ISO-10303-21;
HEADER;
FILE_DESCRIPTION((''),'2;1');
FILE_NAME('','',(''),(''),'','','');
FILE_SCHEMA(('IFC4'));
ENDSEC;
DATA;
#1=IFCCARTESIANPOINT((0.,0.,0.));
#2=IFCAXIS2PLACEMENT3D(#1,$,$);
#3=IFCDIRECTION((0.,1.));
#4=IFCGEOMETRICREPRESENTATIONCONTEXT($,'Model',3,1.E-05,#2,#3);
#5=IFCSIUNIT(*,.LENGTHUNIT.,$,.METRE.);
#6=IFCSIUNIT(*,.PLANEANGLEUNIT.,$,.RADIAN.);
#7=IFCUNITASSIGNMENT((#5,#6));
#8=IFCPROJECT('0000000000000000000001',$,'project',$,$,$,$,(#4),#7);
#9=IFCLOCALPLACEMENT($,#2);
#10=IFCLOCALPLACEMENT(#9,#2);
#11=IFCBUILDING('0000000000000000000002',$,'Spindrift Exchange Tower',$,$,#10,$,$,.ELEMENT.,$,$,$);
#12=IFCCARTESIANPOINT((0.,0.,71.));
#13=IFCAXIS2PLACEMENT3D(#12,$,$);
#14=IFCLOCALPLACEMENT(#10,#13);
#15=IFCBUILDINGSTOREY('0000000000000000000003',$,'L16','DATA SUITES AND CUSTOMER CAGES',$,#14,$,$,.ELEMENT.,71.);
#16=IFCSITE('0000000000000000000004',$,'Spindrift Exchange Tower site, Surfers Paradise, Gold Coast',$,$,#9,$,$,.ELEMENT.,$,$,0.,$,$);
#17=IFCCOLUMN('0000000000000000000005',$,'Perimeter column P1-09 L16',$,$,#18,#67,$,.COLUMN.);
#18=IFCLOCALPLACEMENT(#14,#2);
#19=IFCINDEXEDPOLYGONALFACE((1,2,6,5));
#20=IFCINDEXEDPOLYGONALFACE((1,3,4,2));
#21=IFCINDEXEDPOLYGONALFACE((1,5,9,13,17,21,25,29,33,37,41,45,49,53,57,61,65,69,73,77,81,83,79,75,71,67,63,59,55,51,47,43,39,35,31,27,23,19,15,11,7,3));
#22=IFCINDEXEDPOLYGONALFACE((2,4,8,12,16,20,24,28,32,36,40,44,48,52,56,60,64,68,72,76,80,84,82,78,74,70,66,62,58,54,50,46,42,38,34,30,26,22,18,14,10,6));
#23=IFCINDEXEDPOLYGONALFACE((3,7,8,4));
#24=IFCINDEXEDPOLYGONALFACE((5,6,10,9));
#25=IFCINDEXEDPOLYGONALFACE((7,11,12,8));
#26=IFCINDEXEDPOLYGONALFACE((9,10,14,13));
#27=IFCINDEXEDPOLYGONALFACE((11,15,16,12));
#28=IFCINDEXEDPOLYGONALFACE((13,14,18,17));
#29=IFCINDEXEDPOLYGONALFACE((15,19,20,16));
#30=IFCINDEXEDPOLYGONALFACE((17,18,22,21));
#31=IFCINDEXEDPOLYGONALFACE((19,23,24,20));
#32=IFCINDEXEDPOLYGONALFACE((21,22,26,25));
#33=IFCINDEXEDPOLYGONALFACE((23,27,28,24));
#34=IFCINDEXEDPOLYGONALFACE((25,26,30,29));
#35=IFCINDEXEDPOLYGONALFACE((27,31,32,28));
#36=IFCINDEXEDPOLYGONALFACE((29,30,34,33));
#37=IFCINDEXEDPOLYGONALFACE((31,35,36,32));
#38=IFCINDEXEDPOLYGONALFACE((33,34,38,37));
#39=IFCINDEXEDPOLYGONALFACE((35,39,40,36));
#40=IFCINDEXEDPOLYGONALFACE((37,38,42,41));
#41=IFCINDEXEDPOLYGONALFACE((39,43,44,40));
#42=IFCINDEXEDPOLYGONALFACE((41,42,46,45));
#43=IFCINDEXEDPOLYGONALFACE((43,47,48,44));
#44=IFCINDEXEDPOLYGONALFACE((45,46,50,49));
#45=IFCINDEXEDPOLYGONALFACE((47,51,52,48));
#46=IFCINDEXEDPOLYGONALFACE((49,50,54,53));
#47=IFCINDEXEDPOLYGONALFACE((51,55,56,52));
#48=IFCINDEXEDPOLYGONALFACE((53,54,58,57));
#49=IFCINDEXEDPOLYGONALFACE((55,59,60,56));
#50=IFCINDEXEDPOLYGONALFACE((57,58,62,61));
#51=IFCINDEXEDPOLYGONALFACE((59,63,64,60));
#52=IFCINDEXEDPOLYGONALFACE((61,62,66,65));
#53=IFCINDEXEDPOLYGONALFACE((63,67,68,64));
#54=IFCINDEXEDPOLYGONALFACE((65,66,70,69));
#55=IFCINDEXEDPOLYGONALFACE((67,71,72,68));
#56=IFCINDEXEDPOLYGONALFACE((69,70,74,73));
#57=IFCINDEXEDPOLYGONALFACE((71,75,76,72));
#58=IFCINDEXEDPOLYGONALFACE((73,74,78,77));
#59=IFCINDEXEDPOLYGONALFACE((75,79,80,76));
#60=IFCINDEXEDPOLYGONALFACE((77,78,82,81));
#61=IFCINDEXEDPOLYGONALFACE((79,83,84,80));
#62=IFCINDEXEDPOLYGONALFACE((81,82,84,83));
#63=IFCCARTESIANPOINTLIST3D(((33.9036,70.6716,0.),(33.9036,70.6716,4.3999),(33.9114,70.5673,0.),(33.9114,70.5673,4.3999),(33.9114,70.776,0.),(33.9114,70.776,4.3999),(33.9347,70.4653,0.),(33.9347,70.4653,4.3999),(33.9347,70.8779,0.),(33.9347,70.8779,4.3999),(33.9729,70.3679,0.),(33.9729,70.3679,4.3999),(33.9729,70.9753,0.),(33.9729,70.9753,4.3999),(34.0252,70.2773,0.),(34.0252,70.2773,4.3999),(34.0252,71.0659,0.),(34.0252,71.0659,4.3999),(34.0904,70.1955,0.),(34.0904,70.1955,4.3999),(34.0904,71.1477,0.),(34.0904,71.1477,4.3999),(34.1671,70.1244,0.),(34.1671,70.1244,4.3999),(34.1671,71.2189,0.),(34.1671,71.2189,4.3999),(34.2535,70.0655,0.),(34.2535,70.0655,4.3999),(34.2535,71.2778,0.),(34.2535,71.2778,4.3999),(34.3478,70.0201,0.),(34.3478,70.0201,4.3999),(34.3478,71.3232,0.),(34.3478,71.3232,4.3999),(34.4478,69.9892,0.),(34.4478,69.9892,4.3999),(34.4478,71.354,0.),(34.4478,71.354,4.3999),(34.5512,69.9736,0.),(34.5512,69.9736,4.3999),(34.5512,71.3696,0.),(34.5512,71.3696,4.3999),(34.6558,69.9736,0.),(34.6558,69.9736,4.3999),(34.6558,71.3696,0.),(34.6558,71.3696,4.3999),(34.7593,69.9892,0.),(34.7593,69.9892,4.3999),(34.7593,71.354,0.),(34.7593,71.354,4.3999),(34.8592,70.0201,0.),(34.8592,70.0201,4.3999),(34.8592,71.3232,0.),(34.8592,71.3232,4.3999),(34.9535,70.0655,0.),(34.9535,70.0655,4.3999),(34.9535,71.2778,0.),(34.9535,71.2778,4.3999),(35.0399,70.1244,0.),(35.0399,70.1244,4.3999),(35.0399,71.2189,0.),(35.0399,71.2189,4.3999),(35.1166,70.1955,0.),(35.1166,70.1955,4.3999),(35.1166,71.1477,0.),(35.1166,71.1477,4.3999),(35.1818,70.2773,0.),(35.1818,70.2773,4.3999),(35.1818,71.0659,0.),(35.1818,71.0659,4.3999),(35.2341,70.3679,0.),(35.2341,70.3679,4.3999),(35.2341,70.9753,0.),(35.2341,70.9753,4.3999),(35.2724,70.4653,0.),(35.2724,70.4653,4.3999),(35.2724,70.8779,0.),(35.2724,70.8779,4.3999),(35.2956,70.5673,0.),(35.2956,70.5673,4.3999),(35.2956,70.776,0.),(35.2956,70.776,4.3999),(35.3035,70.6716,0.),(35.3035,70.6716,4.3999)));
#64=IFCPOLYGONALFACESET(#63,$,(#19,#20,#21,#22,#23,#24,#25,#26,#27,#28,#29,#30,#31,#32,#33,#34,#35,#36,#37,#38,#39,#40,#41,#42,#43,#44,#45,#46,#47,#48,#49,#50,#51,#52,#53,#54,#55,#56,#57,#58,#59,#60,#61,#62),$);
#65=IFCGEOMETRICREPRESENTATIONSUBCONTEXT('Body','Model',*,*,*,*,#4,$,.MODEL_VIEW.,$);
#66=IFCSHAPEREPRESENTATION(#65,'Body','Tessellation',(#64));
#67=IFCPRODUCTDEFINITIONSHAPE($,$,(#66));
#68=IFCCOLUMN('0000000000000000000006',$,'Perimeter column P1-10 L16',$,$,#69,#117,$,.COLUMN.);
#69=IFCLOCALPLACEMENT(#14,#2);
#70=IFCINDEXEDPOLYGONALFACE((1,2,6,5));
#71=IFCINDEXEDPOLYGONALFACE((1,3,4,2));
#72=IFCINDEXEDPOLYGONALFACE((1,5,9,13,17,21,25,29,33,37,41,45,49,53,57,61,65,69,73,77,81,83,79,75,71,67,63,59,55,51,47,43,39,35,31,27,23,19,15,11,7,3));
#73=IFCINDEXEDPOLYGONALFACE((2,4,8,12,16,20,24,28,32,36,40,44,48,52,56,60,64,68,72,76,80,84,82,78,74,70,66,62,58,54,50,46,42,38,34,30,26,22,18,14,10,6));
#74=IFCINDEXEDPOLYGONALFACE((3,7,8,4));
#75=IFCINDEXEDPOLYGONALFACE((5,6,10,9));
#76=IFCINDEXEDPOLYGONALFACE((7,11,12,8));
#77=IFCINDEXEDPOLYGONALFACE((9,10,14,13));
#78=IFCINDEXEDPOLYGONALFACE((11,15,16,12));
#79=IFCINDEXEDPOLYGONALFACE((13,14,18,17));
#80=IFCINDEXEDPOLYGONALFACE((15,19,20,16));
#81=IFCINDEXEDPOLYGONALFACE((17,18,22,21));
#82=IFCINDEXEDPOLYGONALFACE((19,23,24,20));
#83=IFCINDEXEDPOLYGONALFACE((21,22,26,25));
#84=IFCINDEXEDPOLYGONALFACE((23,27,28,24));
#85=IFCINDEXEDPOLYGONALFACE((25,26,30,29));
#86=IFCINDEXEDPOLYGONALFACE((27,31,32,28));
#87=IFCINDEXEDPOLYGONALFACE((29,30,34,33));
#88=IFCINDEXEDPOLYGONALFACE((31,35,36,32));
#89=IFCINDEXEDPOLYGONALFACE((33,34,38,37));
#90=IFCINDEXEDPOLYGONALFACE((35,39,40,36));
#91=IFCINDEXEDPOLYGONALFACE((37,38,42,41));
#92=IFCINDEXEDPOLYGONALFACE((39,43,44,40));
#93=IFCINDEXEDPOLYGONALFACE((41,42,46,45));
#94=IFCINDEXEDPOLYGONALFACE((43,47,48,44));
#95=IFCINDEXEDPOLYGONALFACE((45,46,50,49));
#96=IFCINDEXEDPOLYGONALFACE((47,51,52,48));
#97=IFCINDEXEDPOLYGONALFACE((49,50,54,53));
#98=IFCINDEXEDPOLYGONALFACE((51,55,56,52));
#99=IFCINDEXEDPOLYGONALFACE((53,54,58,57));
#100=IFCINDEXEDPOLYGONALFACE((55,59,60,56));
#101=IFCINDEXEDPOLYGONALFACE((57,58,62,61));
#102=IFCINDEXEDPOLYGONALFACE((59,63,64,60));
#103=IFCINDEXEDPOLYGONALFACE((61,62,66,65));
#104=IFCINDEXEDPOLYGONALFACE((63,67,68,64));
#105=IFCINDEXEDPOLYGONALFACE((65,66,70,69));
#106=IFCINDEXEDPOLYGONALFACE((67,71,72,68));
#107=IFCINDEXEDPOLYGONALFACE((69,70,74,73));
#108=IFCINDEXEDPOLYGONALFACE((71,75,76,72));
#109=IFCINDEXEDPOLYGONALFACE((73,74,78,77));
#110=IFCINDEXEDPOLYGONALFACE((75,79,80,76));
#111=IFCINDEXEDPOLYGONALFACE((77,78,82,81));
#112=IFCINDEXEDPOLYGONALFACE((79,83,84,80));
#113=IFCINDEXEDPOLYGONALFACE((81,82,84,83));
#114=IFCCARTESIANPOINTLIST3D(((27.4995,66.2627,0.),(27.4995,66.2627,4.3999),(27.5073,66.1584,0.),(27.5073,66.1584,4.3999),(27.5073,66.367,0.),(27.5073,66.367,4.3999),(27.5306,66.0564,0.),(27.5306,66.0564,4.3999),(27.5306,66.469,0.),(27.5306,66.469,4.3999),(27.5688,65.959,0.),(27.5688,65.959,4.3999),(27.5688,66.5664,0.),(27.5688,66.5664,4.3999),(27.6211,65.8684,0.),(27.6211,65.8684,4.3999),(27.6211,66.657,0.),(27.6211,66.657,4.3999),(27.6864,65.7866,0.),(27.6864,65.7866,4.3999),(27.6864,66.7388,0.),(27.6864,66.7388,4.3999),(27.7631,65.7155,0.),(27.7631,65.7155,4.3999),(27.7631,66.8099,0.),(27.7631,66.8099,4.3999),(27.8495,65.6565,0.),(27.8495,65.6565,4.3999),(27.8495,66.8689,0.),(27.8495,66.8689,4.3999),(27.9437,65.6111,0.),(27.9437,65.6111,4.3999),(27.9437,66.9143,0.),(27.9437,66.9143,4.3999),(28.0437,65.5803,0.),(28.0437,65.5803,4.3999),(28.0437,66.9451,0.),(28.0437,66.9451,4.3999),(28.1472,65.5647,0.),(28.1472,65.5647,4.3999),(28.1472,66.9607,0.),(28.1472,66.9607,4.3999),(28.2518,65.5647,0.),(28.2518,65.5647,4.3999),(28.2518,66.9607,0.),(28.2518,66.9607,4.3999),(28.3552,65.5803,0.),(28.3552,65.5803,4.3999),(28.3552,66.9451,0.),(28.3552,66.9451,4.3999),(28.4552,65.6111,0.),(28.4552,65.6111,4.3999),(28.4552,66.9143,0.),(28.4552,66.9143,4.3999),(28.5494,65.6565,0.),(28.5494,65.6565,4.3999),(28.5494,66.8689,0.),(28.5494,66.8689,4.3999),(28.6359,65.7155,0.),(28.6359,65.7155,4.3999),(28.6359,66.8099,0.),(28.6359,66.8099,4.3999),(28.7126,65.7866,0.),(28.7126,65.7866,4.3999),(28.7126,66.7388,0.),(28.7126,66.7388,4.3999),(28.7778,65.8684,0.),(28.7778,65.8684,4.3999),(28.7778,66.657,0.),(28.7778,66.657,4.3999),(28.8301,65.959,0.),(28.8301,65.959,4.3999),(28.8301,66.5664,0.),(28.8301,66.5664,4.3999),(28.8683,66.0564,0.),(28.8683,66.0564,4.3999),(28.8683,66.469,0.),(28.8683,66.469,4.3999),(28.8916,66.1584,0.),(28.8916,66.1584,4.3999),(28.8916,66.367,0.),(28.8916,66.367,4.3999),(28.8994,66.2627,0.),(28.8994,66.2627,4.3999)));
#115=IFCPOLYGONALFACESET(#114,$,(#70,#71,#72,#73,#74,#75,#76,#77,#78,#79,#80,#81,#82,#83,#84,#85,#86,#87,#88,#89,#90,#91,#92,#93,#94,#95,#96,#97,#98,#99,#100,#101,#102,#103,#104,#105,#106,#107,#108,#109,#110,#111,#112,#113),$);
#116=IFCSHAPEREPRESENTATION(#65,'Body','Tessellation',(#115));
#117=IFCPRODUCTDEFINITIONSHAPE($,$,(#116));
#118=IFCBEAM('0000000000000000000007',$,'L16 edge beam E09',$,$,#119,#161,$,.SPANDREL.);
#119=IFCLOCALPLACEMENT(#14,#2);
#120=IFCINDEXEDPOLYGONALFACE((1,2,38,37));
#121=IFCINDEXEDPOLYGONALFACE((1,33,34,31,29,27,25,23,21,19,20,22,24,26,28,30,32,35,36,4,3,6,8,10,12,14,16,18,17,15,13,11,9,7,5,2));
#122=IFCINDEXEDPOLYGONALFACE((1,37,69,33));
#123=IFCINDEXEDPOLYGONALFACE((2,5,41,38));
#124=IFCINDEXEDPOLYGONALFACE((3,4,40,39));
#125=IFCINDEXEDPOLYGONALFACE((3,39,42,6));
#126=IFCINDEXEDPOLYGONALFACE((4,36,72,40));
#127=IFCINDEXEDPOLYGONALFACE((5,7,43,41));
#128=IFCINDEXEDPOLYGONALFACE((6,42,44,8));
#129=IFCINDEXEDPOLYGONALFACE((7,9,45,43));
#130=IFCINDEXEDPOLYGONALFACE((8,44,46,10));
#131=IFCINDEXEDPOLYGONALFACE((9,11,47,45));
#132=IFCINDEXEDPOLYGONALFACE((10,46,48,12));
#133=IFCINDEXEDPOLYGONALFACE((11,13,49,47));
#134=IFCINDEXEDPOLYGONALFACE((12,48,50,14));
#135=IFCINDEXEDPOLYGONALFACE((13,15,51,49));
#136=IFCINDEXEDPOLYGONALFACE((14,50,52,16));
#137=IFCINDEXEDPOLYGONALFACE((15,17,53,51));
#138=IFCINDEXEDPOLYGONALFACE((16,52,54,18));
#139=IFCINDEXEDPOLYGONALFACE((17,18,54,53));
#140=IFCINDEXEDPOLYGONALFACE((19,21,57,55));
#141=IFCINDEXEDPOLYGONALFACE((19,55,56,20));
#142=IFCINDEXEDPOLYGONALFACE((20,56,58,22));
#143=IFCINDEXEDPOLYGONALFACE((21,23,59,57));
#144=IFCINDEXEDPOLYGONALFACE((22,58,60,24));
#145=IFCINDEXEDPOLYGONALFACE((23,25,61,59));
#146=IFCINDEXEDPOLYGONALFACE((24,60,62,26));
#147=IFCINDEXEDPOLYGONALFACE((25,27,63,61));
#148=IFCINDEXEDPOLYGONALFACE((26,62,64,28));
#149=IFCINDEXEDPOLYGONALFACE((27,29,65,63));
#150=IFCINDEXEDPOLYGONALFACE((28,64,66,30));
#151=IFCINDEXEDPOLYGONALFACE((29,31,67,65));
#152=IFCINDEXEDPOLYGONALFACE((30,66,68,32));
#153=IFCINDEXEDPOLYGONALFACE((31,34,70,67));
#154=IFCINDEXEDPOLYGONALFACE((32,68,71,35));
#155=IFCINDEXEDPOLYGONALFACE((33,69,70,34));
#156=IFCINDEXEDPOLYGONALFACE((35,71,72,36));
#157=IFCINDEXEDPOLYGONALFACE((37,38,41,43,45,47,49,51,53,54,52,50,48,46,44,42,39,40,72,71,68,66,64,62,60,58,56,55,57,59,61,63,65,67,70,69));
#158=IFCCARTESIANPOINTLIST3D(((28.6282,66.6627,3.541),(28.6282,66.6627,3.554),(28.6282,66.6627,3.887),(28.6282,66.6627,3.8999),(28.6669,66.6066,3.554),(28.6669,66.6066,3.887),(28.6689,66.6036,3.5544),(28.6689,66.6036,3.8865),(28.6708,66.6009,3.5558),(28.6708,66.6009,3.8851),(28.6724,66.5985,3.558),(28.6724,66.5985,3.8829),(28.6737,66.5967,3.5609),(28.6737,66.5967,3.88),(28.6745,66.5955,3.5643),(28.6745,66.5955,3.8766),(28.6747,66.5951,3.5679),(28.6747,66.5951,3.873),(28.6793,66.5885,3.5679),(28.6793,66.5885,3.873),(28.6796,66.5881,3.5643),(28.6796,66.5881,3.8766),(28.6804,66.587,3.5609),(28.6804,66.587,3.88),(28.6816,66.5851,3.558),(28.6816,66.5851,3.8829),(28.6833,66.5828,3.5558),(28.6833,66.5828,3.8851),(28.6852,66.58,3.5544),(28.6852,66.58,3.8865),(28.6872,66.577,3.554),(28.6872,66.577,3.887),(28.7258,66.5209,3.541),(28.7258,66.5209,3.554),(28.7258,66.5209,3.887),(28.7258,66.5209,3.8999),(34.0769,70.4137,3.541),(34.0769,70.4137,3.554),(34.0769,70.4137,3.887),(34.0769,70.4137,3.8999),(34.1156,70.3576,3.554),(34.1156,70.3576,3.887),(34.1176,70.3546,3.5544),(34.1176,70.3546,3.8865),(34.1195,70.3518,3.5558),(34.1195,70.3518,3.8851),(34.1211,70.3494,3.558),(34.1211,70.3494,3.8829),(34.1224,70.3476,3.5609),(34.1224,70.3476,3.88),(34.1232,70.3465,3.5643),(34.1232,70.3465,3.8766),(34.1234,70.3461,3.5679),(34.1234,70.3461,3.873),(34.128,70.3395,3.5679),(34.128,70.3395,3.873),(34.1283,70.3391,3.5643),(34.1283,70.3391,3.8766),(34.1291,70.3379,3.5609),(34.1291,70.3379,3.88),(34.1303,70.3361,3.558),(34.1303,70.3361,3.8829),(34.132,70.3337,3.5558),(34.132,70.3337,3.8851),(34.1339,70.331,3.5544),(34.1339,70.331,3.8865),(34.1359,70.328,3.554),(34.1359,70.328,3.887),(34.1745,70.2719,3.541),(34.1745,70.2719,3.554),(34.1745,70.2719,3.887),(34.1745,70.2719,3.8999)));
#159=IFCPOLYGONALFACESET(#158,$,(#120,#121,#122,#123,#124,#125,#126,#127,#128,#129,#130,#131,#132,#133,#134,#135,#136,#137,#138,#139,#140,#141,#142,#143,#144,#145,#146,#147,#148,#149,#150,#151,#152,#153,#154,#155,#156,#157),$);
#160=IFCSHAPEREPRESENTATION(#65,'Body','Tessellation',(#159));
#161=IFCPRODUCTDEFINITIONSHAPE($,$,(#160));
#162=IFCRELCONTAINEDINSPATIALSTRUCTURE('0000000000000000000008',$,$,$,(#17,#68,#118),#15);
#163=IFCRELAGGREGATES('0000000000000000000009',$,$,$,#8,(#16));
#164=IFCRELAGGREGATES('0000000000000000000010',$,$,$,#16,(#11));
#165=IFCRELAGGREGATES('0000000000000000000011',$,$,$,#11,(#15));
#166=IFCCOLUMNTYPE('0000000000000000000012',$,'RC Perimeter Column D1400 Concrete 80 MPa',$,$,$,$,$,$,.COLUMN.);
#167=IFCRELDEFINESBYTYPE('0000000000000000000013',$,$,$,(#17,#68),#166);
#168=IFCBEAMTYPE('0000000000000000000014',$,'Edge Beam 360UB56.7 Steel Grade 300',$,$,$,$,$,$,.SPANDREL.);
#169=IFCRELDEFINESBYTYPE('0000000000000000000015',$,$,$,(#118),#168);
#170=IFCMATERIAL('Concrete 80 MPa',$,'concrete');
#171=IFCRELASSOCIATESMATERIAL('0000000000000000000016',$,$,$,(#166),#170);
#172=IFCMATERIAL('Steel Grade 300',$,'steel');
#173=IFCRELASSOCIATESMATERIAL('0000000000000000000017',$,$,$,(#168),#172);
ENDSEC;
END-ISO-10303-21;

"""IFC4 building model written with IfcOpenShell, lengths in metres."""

from ifc_helpers import new_model, si_unit, direction, frame, origin, origin_2d, place, context, subcontext, project, spatial, circle, i_section, extrude, source, transform, mapped, material, material_profile, profile_set, type_object, element, save


model = new_model("IFC4")

# Units and contexts
model_context = context("Model", 3, precision=1e-05, world=origin(), true_north=direction((0.0, 1.0)))
body_context = subcontext(model_context, "Body", "Model", "MODEL_VIEW")
ifc_project = project(units=[si_unit("LENGTHUNIT", "METRE"), si_unit("PLANEANGLEUNIT", "RADIAN")], contexts=[model_context])

# Site, building, storey
site_placement = place(None, origin())
site = spatial("IfcSite", under=ifc_project, at=site_placement, Name="Spindrift Exchange Tower site, Surfers Paradise, Gold Coast", CompositionType="ELEMENT", RefElevation=0.0)
building_placement = place(site_placement, origin())
building = spatial("IfcBuilding", under=site, at=building_placement, Name="Spindrift Exchange Tower", CompositionType="ELEMENT")
storey_placement = place(building_placement, frame((0.0, 0.0, 71.0)))
storey = spatial("IfcBuildingStorey", under=building, at=storey_placement, Name="L16", Description="DATA SUITES AND CUSTOMER CAGES", CompositionType="ELEMENT", Elevation=71.0)

# Columns
ifc_material_1 = material(Name="Concrete 80 MPa", Category="concrete")
ifc_material_profile_1 = material_profile(ifc_material_1, circle(Radius=0.7, at=origin_2d()), Name="RC D1400")
ifc_profile_set_1 = profile_set([ifc_material_profile_1], Name="Concrete 80 MPa")
column_type = type_object("IfcColumnType", Name="RC Perimeter Column D1400 Concrete 80 MPa", PredefinedType="COLUMN", material=ifc_profile_set_1)
shared_shape_1 = source(origin(), body_context, "Body", "SweptSolid", [
    extrude(circle(Radius=0.7, at=origin_2d()), origin(), (0.0, 0.0, 1.0), 4.3999),
])
for number, where, z_axis, x_axis, name in (
    (1, (34.6035, 70.6716, 0.0), (0.0, 0.0, 1.0), (1.0, 0.0, 0.0), "Perimeter column P1-09 L16"),
    (2, (28.1995, 66.2627, 0.0), (0.0, 0.0, 1.0), (1.0, 0.0, 0.0), "Perimeter column P1-10 L16"),
):
    element("IfcColumn", number, at=place(storey_placement, frame(where, z_axis=z_axis, x_axis=x_axis)), inside=storey, type_object=column_type, Name=name, PredefinedType="COLUMN", context=body_context, shape_type="MappedRepresentation", body=[
        mapped(shared_shape_1, transform((0.0, 0.0, 0.0), scale=1.0)),
    ])

# Beam
ifc_material_2 = material(Name="Steel Grade 300", Category="steel")
ifc_material_profile_2 = material_profile(ifc_material_2, i_section(OverallWidth=0.1721, OverallDepth=0.3589, WebThickness=0.0081, FlangeThickness=0.0129, FilletRadius=0.0139, at=origin_2d()), Name="360UB56.7")
ifc_profile_set_2 = profile_set([ifc_material_profile_2], Name="Steel Grade 300")
beam_type = type_object("IfcBeamType", Name="Edge Beam 360UB56.7 Steel Grade 300", PredefinedType="SPANDREL", material=ifc_profile_set_2)
shared_shape_2 = source(origin(), body_context, "Body", "SweptSolid", [
    extrude(i_section(OverallWidth=0.1721, OverallDepth=0.3589, WebThickness=0.0081, FlangeThickness=0.0129, FilletRadius=0.0139, at=origin_2d()), origin(), (0.0, 0.0, 1.0), 6.615),
])
beam_1_placement = place(storey_placement, frame((34.1257, 70.3428, 3.7205), z_axis=(-0.823691, -0.567039, 0.0), x_axis=(0.567039, -0.823691, 0.0)))
element("IfcBeam", 3, at=beam_1_placement, inside=storey, type_object=beam_type, Name="L16 edge beam E09", PredefinedType="SPANDREL", context=body_context, shape_type="MappedRepresentation", body=[
    mapped(shared_shape_2, transform((0.0, 0.0, 0.0), scale=1.0)),
])

save(model, "model.ifc")
